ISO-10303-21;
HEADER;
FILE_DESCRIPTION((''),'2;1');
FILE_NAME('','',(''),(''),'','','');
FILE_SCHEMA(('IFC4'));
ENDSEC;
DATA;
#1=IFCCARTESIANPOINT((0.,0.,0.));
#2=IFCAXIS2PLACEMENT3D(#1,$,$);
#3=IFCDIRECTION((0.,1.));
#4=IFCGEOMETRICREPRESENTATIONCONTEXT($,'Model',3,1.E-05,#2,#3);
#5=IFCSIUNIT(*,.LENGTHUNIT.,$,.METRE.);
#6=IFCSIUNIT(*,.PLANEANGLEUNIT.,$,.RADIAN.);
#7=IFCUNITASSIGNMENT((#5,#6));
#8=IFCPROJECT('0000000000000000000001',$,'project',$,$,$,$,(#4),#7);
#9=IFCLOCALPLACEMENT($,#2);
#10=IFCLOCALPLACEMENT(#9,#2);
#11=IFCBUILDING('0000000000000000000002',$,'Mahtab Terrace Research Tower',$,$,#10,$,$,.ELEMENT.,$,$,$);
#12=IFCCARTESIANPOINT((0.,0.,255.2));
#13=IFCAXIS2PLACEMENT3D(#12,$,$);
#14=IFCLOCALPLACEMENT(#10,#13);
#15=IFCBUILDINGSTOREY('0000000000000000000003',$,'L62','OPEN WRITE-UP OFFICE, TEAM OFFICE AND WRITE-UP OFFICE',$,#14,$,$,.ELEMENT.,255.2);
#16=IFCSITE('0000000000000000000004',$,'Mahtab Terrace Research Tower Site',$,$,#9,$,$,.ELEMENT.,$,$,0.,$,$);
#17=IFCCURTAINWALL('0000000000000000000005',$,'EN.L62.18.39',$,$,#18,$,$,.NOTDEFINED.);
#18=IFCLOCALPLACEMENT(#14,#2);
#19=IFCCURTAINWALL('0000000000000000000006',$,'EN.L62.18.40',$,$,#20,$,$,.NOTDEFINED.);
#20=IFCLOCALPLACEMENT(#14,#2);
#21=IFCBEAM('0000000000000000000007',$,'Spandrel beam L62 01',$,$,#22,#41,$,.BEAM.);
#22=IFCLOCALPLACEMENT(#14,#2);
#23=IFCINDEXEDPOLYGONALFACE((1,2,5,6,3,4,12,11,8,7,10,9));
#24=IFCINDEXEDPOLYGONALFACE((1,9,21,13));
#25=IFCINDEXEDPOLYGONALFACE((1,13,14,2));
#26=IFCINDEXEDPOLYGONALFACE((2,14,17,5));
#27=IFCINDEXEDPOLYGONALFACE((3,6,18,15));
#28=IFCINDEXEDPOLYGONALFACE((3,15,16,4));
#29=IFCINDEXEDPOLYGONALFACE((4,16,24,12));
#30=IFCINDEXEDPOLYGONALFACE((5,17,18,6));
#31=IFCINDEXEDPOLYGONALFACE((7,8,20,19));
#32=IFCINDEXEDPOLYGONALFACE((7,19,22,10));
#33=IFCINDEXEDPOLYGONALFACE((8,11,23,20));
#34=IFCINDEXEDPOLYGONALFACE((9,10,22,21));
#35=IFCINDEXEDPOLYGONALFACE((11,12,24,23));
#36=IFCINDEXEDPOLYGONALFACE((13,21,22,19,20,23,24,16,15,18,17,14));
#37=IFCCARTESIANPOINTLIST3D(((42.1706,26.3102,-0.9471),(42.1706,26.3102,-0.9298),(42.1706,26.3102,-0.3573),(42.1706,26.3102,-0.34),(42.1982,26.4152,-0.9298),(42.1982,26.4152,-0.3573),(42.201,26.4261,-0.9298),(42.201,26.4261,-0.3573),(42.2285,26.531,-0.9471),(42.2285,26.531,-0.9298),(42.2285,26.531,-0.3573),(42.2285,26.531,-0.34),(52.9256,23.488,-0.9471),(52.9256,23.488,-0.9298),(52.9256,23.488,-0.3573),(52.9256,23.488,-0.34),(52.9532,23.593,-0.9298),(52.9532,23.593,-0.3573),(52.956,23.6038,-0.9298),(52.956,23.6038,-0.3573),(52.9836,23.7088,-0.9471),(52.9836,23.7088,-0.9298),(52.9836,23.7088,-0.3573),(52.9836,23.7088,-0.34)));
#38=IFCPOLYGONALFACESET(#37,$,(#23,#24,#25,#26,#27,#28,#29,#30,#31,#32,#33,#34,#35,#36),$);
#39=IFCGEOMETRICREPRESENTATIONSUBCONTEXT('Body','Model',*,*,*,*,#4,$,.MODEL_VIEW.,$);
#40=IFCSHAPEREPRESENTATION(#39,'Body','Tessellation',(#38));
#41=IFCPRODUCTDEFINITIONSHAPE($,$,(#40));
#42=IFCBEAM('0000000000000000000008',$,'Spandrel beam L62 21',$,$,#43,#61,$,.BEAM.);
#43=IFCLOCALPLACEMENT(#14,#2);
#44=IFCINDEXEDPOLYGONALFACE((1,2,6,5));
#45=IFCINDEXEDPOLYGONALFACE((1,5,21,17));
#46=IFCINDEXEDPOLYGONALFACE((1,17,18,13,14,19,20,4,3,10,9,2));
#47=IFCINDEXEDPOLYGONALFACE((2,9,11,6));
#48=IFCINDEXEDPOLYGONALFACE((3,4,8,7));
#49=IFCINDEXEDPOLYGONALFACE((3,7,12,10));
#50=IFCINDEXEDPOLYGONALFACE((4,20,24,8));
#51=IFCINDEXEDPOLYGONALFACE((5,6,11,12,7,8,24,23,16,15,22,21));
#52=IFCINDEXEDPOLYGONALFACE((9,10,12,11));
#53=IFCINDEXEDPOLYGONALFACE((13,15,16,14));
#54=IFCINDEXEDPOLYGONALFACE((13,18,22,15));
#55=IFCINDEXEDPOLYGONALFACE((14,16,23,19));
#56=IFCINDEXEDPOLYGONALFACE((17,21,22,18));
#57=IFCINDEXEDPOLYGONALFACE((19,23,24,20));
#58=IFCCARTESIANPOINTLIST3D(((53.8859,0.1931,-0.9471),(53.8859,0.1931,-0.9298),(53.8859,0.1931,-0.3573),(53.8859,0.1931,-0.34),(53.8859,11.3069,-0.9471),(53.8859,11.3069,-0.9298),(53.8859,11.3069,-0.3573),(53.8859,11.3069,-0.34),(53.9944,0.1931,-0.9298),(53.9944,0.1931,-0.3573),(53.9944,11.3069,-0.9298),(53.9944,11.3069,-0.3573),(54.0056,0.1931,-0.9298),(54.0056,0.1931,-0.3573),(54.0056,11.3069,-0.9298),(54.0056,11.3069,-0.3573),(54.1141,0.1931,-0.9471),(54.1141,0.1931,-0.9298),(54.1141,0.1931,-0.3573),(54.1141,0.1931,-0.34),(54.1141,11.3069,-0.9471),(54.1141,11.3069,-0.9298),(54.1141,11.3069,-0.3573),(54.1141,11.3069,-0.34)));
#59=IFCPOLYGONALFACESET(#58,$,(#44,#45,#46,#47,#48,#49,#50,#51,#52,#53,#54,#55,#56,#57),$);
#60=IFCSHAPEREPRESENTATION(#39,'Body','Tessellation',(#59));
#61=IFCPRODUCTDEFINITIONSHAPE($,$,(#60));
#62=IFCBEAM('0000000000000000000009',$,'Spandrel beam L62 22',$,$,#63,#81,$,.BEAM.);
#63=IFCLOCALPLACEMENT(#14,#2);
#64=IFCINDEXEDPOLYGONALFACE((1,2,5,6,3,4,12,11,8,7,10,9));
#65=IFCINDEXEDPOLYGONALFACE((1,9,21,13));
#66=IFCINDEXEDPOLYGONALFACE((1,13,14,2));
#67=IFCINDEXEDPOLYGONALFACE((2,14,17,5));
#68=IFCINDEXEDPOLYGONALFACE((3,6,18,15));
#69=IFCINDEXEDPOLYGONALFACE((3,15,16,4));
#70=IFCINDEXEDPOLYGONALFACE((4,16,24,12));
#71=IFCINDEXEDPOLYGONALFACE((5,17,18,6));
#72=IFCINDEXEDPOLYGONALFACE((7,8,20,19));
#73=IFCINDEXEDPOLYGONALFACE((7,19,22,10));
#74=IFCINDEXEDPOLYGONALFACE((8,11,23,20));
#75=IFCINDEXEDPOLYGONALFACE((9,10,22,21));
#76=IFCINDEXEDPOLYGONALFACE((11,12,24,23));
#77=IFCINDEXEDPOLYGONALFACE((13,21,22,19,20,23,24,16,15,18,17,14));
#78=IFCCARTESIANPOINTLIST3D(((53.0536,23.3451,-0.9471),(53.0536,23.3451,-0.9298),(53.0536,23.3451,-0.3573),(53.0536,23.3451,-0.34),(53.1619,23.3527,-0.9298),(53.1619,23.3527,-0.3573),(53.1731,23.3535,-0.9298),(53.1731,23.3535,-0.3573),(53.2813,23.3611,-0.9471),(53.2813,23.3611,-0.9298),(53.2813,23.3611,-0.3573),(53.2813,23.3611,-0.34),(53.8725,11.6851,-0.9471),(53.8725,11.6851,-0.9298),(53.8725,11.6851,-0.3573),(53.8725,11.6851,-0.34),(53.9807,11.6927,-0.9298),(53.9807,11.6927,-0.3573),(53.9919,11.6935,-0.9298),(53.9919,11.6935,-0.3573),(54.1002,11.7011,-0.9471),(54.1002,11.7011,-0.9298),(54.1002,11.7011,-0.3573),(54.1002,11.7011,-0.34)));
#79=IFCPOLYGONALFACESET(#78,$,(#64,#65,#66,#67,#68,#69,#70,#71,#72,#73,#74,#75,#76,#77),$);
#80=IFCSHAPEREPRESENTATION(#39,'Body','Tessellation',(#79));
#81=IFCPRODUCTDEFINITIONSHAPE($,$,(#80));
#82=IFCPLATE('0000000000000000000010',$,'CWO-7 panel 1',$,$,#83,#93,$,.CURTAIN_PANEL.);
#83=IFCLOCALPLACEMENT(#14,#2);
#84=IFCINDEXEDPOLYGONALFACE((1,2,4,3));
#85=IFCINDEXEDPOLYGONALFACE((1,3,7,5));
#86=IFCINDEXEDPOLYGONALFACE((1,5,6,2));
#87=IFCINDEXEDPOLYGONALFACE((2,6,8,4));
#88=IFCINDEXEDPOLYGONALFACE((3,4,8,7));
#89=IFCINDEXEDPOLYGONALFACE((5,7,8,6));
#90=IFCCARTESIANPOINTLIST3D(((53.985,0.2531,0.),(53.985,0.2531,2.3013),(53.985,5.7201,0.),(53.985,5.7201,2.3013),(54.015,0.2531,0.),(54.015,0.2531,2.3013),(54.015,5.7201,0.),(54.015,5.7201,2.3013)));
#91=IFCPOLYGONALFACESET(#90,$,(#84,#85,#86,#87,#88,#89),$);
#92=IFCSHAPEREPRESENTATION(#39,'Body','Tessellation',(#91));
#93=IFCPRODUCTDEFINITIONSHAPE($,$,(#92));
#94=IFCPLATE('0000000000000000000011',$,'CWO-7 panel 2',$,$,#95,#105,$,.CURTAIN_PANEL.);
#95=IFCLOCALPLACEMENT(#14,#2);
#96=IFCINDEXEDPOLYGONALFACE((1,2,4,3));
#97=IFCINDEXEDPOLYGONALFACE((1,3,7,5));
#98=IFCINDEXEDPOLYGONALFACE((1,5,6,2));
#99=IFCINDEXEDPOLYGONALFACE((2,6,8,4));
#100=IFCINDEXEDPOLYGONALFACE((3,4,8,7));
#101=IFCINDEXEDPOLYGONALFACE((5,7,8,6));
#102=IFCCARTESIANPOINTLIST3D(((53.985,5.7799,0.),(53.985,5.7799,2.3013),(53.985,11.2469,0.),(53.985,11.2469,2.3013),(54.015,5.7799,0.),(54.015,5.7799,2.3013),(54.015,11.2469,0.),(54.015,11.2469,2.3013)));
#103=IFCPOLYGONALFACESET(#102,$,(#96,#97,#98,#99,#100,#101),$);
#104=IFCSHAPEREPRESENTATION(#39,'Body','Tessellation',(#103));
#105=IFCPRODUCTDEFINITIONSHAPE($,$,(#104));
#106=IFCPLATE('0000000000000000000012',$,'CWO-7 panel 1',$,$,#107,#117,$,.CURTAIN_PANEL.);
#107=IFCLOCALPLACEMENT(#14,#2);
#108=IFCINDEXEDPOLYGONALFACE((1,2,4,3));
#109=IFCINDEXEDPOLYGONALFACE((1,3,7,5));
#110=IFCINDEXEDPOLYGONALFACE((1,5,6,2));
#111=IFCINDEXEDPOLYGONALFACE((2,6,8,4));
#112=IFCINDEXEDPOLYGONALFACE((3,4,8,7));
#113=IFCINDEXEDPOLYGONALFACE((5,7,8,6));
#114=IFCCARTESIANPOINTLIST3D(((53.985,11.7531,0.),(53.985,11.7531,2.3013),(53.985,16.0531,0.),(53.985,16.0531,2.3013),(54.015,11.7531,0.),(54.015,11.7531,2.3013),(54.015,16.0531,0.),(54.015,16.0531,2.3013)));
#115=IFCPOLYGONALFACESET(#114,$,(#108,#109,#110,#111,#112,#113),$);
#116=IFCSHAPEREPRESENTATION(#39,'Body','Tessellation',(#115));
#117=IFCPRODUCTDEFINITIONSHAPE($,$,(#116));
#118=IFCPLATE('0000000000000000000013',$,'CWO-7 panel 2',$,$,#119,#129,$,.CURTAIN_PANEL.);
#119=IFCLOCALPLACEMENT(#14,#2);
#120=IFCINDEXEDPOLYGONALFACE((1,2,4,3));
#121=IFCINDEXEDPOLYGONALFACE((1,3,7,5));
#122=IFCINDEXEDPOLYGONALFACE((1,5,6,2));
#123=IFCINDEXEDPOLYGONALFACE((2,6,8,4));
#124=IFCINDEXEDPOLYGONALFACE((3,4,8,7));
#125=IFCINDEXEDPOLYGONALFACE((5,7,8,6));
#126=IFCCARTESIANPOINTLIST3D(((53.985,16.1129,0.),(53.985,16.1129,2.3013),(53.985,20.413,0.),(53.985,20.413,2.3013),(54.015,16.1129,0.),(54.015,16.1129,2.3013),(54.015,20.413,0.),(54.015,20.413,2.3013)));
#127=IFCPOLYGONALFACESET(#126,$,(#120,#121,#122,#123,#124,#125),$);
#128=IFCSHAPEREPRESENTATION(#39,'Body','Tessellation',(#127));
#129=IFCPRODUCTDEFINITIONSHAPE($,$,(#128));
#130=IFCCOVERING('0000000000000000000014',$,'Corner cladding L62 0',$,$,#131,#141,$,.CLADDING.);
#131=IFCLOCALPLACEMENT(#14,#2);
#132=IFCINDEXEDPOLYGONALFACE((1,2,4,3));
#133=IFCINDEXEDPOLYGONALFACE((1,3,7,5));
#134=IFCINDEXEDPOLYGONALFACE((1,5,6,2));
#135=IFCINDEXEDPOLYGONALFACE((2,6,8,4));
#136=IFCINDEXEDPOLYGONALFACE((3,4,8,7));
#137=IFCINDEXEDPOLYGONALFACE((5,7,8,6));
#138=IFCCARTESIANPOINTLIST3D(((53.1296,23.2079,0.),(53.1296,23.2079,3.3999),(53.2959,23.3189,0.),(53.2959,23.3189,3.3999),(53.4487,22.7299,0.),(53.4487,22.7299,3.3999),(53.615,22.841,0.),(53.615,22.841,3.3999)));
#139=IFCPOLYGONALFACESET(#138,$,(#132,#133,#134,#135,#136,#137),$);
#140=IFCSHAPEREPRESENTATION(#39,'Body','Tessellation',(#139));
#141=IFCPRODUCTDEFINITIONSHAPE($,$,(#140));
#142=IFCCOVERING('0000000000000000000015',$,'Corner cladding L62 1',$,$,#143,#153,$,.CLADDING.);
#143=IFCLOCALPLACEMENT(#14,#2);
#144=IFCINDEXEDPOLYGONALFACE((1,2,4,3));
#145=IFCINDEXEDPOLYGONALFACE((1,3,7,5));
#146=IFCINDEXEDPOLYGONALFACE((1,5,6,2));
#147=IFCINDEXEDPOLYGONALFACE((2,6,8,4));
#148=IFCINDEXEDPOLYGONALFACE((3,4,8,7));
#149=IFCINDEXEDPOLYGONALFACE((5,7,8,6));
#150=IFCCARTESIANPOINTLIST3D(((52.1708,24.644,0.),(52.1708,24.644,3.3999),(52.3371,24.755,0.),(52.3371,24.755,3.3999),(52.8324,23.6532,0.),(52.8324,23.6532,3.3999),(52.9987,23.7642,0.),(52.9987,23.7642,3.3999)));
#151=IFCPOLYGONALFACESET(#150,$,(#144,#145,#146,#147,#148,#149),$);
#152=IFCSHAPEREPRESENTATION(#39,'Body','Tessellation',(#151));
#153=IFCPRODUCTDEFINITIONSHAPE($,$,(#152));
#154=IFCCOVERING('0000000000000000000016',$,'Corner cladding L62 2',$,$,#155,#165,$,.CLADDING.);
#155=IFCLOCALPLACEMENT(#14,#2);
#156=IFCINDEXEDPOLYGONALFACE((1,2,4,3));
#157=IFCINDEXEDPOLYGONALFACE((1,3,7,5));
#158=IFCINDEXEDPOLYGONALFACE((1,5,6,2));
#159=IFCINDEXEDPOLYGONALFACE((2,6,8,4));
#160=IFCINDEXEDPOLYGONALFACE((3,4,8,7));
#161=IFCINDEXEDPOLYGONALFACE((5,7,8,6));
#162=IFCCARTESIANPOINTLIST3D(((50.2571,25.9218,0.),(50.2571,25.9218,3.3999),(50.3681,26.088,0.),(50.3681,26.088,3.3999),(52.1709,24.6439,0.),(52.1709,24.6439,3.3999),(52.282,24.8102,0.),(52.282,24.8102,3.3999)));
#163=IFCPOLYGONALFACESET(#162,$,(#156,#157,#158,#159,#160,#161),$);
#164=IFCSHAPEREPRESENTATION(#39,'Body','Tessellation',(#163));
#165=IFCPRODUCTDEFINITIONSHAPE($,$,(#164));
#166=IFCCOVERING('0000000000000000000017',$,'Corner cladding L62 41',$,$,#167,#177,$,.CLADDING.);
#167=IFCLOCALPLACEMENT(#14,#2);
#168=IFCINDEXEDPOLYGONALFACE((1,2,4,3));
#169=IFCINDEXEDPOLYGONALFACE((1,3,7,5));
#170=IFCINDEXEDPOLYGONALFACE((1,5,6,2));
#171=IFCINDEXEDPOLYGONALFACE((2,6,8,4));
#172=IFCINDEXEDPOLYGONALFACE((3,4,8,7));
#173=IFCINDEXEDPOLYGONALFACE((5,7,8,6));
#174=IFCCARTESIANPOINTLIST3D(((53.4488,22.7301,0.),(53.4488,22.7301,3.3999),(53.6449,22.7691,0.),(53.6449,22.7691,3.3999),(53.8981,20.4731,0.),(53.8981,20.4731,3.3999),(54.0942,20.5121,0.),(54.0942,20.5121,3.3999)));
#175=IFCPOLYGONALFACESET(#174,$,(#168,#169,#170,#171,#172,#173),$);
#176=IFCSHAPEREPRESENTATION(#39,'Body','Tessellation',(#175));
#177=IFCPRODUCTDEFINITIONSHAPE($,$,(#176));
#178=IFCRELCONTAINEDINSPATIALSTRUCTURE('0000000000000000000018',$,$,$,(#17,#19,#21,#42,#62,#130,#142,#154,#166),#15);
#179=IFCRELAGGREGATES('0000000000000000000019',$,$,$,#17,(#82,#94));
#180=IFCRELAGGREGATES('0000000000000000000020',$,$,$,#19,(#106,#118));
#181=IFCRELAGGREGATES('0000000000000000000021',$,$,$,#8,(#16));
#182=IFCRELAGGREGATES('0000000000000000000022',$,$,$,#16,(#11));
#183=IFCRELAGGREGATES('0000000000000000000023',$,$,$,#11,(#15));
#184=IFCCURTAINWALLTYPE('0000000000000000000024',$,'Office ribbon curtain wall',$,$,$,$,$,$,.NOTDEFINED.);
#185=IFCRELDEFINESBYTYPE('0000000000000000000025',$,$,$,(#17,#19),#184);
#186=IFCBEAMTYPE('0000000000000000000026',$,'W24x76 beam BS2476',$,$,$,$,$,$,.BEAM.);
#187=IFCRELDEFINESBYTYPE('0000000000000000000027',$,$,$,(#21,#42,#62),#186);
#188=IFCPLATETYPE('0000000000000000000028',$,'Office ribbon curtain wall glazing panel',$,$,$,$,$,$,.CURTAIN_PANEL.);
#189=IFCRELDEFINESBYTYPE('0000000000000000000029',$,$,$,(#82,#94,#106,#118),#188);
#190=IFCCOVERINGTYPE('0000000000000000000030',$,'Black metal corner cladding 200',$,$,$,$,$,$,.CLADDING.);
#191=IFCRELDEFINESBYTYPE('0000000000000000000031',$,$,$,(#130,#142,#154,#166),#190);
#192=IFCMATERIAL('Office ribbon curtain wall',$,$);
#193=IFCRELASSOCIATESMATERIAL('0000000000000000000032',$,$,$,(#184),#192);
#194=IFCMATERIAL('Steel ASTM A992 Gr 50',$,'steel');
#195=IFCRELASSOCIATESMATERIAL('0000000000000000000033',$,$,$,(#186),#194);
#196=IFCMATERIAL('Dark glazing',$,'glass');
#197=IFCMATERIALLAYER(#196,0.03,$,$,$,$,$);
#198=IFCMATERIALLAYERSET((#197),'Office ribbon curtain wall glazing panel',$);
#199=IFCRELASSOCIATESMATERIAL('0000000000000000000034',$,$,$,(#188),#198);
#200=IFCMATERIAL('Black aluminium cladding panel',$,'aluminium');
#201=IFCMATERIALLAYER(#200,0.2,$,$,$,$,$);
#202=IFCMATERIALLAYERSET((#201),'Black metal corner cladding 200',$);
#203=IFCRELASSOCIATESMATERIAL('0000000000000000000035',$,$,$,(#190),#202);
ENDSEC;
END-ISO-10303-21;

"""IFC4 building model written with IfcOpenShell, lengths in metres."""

from ifc_helpers import new_model, si_unit, direction, frame, origin, origin_2d, place, context, subcontext, project, spatial, rectangle, i_section, extrude, material, layer, layer_set, material_profile, profile_set, type_object, element, aggregate, save


model = new_model("IFC4")

# Units and contexts
model_context = context("Model", 3, precision=1e-05, world=origin(), true_north=direction((0.0, 1.0)))
body_context = subcontext(model_context, "Body", "Model", "MODEL_VIEW")
ifc_project = project(units=[si_unit("LENGTHUNIT", "METRE"), si_unit("PLANEANGLEUNIT", "RADIAN")], contexts=[model_context])

# Site, building, storey
site_placement = place(None, origin())
site = spatial("IfcSite", under=ifc_project, at=site_placement, Name="Mahtab Terrace Research Tower Site", CompositionType="ELEMENT", RefElevation=0.0)
building_placement = place(site_placement, origin())
building = spatial("IfcBuilding", under=site, at=building_placement, Name="Mahtab Terrace Research Tower", CompositionType="ELEMENT")
storey_placement = place(building_placement, frame((0.0, 0.0, 255.2)))
storey = spatial("IfcBuildingStorey", under=building, at=storey_placement, Name="L62", Description="OPEN WRITE-UP OFFICE, TEAM OFFICE AND WRITE-UP OFFICE", CompositionType="ELEMENT", Elevation=255.2)

# Shared definitions
ifc_material_1 = material(Name="Steel ASTM A992 Gr 50", Category="steel")

# Curtain walls
ifc_material_2 = material(Name="Office ribbon curtain wall")
curtain_wall_type = type_object("IfcCurtainWallType", Name="Office ribbon curtain wall", PredefinedType="NOTDEFINED", material=ifc_material_2)
curtain_wall_1_placement = place(storey_placement, origin())
curtain_wall_1 = element("IfcCurtainWall", 1, at=curtain_wall_1_placement, inside=storey, type_object=curtain_wall_type, Name="EN.L62.18.39", PredefinedType="NOTDEFINED")
curtain_wall_2_placement = place(storey_placement, origin())
curtain_wall_2 = element("IfcCurtainWall", 2, at=curtain_wall_2_placement, inside=storey, type_object=curtain_wall_type, Name="EN.L62.18.40", PredefinedType="NOTDEFINED")

# Beams
ifc_material_profile_1 = material_profile(ifc_material_1, i_section(OverallWidth=0.2283, OverallDepth=0.6072, WebThickness=0.0112, FlangeThickness=0.0173, at=origin_2d()), Name="W24X76")
ifc_profile_set_1 = profile_set([ifc_material_profile_1], Name="Steel ASTM A992 Gr 50")
beam_type = type_object("IfcBeamType", Name="W24x76 beam BS2476", PredefinedType="BEAM", material=ifc_profile_set_1)
beam_1_placement = place(storey_placement, frame((52.9546, 23.5984, -0.6436), z_axis=(-0.967252, 0.253818, 0.0), x_axis=(-0.253818, -0.967252, 0.0)))
element("IfcBeam", 3, at=beam_1_placement, inside=storey, type_object=beam_type, Name="Spandrel beam L62 01", PredefinedType="BEAM", context=body_context, shape_type="SweptSolid", body=[
    extrude(i_section(OverallWidth=0.2283, OverallDepth=0.6072, WebThickness=0.0112, FlangeThickness=0.0173, at=origin_2d()), origin(), (0.0, 0.0, 1.0), 11.1191),
])
beam_2_placement = place(storey_placement, frame((54.0, 0.1931, -0.6436), z_axis=(0.0, 1.0, 0.0), x_axis=(-1.0, 0.0, 0.0)))
element("IfcBeam", 4, at=beam_2_placement, inside=storey, type_object=beam_type, Name="Spandrel beam L62 21", PredefinedType="BEAM", context=body_context, shape_type="SweptSolid", body=[
    extrude(i_section(OverallWidth=0.2283, OverallDepth=0.6072, WebThickness=0.0112, FlangeThickness=0.0173, at=origin_2d()), origin(), (0.0, 0.0, 1.0), 11.1138),
])
beam_3_placement = place(storey_placement, frame((53.9863, 11.6931, -0.6436), z_axis=(-0.070055, 0.997543, 0.0), x_axis=(-0.997543, -0.070055, 0.0)))
element("IfcBeam", 5, at=beam_3_placement, inside=storey, type_object=beam_type, Name="Spandrel beam L62 22", PredefinedType="BEAM", context=body_context, shape_type="SweptSolid", body=[
    extrude(i_section(OverallWidth=0.2283, OverallDepth=0.6072, WebThickness=0.0112, FlangeThickness=0.0173, at=origin_2d()), origin(), (0.0, 0.0, 1.0), 11.6887),
])

# Plates
ifc_material_3 = material(Name="Dark glazing", Category="glass")
ifc_layer_1 = layer(ifc_material_3, 0.03)
ifc_layer_set_1 = layer_set([ifc_layer_1], Name="Office ribbon curtain wall glazing panel")
plate_type = type_object("IfcPlateType", Name="Office ribbon curtain wall glazing panel", PredefinedType="CURTAIN_PANEL", material=ifc_layer_set_1)
plate_1_placement = place(storey_placement, frame((54.0, 2.9866, 0.0), z_axis=(0.0, 0.0, 1.0), x_axis=(0.0, 1.0, 0.0)))
plate_1 = element("IfcPlate", 6, at=plate_1_placement, type_object=plate_type, Name="CWO-7 panel 1", PredefinedType="CURTAIN_PANEL", context=body_context, shape_type="SweptSolid", body=[
    extrude(rectangle(XDim=5.467, YDim=0.03, at=origin_2d()), origin(), (0.0, 0.0, 1.0), 2.3013),
])
plate_2_placement = place(storey_placement, frame((54.0, 8.5134, 0.0), z_axis=(0.0, 0.0, 1.0), x_axis=(0.0, 1.0, 0.0)))
plate_2 = element("IfcPlate", 7, at=plate_2_placement, type_object=plate_type, Name="CWO-7 panel 2", PredefinedType="CURTAIN_PANEL", context=body_context, shape_type="SweptSolid", body=[
    extrude(rectangle(XDim=5.467, YDim=0.03, at=origin_2d()), origin(), (0.0, 0.0, 1.0), 2.3013),
])
aggregate(curtain_wall_1, [plate_1, plate_2])
plate_3_placement = place(storey_placement, frame((54.0, 13.9031, 0.0), z_axis=(0.0, 0.0, 1.0), x_axis=(0.0, 1.0, 0.0)))
plate_3 = element("IfcPlate", 8, at=plate_3_placement, type_object=plate_type, Name="CWO-7 panel 1", PredefinedType="CURTAIN_PANEL", context=body_context, shape_type="SweptSolid", body=[
    extrude(rectangle(XDim=4.3, YDim=0.03, at=origin_2d()), origin(), (0.0, 0.0, 1.0), 2.3013),
])
plate_4_placement = place(storey_placement, frame((54.0, 18.2629, 0.0), z_axis=(0.0, 0.0, 1.0), x_axis=(0.0, 1.0, 0.0)))
plate_4 = element("IfcPlate", 9, at=plate_4_placement, type_object=plate_type, Name="CWO-7 panel 2", PredefinedType="CURTAIN_PANEL", context=body_context, shape_type="SweptSolid", body=[
    extrude(rectangle(XDim=4.3, YDim=0.03, at=origin_2d()), origin(), (0.0, 0.0, 1.0), 2.3013),
])
aggregate(curtain_wall_2, [plate_3, plate_4])

# Coverings
ifc_material_4 = material(Name="Black aluminium cladding panel", Category="aluminium")
ifc_layer_2 = layer(ifc_material_4, 0.2)
ifc_layer_set_2 = layer_set([ifc_layer_2], Name="Black metal corner cladding 200")
covering_type = type_object("IfcCoveringType", Name="Black metal corner cladding 200", PredefinedType="CLADDING", material=ifc_layer_set_2)
covering_1_placement = place(storey_placement, frame((53.3723, 23.0244, 0.0), z_axis=(0.0, 0.0, 1.0), x_axis=(-0.555291, 0.831656, 0.0)))
element("IfcCovering", 10, at=covering_1_placement, inside=storey, type_object=covering_type, Name="Corner cladding L62 0", PredefinedType="CLADDING", context=body_context, shape_type="SweptSolid", body=[
    extrude(rectangle(XDim=0.5747, YDim=0.2, at=origin_2d()), origin(), (0.0, 0.0, 1.0), 3.3999),
])
covering_2_placement = place(storey_placement, frame((52.5847, 24.2041, 0.0), z_axis=(0.0, 0.0, 1.0), x_axis=(-0.555291, 0.831656, 0.0)))
element("IfcCovering", 11, at=covering_2_placement, inside=storey, type_object=covering_type, Name="Corner cladding L62 1", PredefinedType="CLADDING", context=body_context, shape_type="SweptSolid", body=[
    extrude(rectangle(XDim=1.1914, YDim=0.2, at=origin_2d()), origin(), (0.0, 0.0, 1.0), 3.3999),
])
for number, where, z_axis, x_axis, name in (
    (12, (51.2695, 25.366, 0.0), (0.0, 0.0, 1.0), (-0.831656, 0.555291, 0.0), "Corner cladding L62 2"),
    (13, (53.7715, 21.6211, 0.0), (0.0, 0.0, 1.0), (-0.195212, 0.980761, 0.0), "Corner cladding L62 41"),
):
    element("IfcCovering", number, at=place(storey_placement, frame(where, z_axis=z_axis, x_axis=x_axis)), inside=storey, type_object=covering_type, Name=name, PredefinedType="CLADDING", context=body_context, shape_type="SweptSolid", body=[
        extrude(rectangle(XDim=2.3013, YDim=0.2, at=origin_2d()), origin(), (0.0, 0.0, 1.0), 3.3999),
    ])

save(model, "model.ifc")
